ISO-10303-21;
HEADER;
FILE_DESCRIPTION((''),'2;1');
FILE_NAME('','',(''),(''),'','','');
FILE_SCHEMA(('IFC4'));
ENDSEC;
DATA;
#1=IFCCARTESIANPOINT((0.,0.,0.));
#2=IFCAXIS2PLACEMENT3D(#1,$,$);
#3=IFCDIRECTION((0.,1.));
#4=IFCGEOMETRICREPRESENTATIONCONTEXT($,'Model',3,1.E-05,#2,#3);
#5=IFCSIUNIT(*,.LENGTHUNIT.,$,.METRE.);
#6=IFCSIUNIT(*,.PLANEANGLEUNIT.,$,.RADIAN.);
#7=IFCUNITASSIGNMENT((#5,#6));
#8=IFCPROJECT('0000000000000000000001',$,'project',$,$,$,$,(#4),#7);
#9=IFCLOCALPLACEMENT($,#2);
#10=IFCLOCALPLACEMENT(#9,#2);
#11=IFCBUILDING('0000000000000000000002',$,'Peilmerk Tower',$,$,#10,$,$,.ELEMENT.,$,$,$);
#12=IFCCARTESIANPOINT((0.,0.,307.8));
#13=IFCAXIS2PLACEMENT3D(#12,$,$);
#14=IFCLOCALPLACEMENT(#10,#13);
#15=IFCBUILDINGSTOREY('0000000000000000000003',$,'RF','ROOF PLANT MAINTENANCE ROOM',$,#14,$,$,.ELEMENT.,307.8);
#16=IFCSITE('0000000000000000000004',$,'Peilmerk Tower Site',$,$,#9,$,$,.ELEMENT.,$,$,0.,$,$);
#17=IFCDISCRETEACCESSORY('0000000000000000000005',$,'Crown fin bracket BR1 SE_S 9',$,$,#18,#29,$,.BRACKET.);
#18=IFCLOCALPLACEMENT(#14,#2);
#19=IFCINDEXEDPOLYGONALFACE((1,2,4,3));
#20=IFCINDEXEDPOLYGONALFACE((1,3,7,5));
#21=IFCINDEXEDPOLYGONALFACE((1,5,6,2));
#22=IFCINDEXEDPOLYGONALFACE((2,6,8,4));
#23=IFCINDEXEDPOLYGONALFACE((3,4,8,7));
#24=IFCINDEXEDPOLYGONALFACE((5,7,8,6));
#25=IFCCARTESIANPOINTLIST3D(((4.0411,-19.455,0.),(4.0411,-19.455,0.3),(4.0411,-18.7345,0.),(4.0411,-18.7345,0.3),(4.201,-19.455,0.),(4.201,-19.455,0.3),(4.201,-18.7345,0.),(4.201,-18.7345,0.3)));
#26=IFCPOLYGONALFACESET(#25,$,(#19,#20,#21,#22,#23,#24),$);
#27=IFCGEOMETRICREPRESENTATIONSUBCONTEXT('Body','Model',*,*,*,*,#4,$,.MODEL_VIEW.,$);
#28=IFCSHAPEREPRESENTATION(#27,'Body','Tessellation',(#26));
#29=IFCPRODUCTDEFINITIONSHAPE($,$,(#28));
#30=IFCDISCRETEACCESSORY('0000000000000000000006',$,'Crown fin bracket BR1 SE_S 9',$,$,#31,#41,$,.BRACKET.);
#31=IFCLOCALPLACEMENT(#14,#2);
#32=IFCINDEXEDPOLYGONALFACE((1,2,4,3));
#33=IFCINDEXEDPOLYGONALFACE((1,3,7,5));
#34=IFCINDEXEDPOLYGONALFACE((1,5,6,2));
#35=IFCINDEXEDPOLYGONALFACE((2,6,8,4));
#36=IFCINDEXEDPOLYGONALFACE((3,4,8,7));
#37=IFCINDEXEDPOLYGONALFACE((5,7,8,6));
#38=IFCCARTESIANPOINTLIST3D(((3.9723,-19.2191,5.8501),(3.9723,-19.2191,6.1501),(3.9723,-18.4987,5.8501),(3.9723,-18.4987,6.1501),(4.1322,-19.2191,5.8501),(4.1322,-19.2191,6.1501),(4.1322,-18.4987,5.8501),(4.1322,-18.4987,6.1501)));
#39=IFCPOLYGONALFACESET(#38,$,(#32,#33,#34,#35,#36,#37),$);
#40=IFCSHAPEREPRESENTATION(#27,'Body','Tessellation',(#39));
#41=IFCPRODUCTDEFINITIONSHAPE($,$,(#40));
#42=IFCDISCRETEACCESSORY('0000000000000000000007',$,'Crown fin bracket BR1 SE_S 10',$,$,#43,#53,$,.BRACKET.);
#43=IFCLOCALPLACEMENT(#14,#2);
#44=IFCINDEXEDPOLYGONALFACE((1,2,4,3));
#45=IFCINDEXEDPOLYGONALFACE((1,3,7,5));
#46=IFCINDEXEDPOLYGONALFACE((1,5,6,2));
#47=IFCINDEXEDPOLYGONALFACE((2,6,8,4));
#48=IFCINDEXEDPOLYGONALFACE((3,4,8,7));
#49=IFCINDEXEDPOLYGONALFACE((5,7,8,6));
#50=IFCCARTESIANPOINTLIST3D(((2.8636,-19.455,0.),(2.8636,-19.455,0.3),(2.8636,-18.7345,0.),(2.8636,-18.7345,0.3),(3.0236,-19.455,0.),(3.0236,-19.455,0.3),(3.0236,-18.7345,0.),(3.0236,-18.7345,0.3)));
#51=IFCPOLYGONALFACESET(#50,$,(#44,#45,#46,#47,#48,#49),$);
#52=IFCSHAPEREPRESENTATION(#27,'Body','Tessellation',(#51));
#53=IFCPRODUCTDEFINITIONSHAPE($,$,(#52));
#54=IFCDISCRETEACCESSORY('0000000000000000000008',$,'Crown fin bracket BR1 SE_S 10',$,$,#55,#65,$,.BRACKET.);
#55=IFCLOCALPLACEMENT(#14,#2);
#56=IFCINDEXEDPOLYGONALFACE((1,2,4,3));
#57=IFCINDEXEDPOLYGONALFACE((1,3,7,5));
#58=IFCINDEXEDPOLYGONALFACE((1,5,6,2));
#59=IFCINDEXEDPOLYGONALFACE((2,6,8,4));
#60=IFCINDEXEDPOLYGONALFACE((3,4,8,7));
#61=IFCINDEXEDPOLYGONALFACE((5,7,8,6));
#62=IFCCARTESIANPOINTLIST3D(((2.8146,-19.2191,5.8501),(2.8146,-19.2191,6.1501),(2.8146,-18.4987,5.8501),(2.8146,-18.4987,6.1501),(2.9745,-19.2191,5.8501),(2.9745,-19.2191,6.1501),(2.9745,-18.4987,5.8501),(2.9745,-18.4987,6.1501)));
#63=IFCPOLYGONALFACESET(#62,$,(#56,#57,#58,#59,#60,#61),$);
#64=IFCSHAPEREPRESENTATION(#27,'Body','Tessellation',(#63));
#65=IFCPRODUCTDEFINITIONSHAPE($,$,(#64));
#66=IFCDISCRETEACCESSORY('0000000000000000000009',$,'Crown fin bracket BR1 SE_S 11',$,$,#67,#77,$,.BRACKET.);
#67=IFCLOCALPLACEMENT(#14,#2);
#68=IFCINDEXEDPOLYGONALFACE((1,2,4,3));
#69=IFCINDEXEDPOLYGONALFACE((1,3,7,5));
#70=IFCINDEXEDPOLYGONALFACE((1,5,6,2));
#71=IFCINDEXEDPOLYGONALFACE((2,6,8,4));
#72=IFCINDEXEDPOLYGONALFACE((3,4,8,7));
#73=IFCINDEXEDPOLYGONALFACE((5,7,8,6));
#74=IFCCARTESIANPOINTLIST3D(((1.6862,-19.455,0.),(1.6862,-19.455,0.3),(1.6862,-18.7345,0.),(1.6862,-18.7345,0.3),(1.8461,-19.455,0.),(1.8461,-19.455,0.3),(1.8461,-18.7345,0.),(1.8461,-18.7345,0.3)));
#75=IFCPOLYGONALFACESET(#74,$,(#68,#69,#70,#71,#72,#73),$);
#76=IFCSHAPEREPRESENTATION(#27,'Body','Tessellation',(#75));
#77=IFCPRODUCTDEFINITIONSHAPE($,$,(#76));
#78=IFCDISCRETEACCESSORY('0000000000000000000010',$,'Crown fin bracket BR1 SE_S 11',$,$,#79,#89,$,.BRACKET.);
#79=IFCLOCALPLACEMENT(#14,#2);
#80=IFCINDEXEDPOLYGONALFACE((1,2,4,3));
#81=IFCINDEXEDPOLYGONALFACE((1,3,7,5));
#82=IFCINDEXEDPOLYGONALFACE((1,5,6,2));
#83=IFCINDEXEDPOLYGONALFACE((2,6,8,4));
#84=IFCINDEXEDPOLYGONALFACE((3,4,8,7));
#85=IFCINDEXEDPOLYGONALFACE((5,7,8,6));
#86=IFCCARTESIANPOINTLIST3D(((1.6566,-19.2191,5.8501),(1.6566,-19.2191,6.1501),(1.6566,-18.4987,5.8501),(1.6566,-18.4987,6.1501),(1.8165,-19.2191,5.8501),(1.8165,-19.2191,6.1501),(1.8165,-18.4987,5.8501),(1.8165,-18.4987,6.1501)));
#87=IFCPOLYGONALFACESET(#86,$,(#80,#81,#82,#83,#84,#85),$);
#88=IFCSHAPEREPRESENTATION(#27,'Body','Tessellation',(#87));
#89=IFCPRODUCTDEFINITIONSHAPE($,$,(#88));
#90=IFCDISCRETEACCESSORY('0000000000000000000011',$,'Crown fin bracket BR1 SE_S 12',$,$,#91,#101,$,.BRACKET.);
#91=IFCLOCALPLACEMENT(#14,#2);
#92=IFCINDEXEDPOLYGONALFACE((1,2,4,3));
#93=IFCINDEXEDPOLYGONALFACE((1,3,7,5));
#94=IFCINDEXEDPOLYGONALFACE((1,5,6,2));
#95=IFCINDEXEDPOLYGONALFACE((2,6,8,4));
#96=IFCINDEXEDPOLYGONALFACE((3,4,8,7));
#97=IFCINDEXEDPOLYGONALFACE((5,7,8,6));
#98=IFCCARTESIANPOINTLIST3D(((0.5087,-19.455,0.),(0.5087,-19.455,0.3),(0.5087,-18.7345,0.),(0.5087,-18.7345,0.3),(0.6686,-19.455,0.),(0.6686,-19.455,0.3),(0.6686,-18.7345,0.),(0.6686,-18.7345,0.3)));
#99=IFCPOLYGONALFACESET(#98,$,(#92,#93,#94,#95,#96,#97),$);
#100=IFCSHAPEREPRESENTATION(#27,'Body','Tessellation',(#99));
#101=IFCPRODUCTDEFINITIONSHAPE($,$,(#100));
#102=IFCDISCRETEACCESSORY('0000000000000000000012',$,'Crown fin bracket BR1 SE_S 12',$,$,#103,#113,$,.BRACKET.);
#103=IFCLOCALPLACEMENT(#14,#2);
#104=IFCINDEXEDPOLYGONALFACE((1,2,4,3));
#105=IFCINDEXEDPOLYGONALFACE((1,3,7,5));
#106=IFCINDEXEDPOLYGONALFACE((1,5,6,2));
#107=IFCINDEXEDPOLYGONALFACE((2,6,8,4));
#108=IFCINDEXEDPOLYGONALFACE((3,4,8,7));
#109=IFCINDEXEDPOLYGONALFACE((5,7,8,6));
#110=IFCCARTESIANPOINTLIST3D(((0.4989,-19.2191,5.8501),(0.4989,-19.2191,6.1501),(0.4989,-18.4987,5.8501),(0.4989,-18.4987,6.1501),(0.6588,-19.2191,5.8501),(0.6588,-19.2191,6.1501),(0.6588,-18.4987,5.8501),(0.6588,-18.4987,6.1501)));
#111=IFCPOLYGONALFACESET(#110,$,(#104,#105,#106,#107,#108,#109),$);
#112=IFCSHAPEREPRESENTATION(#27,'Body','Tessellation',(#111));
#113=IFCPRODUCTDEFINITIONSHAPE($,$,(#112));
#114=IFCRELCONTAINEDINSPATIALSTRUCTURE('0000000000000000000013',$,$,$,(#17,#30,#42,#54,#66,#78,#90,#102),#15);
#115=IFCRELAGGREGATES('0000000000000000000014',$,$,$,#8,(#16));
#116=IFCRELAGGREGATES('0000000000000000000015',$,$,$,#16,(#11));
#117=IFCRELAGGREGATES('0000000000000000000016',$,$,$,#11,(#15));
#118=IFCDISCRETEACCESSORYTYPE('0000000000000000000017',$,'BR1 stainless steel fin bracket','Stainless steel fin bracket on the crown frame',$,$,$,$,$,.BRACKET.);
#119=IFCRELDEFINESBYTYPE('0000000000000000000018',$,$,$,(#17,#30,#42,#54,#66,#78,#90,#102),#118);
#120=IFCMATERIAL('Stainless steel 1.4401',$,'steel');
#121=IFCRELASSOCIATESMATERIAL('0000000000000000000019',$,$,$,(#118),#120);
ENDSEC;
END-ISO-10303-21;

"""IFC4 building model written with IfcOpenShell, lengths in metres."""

from ifc_helpers import new_model, si_unit, direction, frame, origin, origin_2d, place, context, subcontext, project, spatial, rectangle, extrude, source, transform, mapped, material, type_object, element, save


model = new_model("IFC4")

# Units and contexts
model_context = context("Model", 3, precision=1e-05, world=origin(), true_north=direction((0.0, 1.0)))
body_context = subcontext(model_context, "Body", "Model", "MODEL_VIEW")
ifc_project = project(units=[si_unit("LENGTHUNIT", "METRE"), si_unit("PLANEANGLEUNIT", "RADIAN")], contexts=[model_context])

# Site, building, storey
site_placement = place(None, origin())
site = spatial("IfcSite", under=ifc_project, at=site_placement, Name="Peilmerk Tower Site", CompositionType="ELEMENT", RefElevation=0.0)
building_placement = place(site_placement, origin())
building = spatial("IfcBuilding", under=site, at=building_placement, Name="Peilmerk Tower", CompositionType="ELEMENT")
storey_placement = place(building_placement, frame((0.0, 0.0, 307.8)))
storey = spatial("IfcBuildingStorey", under=building, at=storey_placement, Name="RF", Description="ROOF PLANT MAINTENANCE ROOM", CompositionType="ELEMENT", Elevation=307.8)

# Discrete accessories
ifc_material_1 = material(Name="Stainless steel 1.4401", Category="steel")
discrete_accessory_type = type_object("IfcDiscreteAccessoryType", Name="BR1 stainless steel fin bracket", Description="Stainless steel fin bracket on the crown frame", PredefinedType="BRACKET", material=ifc_material_1)
shared_shape_1 = source(origin(), body_context, "Body", "SweptSolid", [
    extrude(rectangle(XDim=0.7205, YDim=0.1599, at=origin_2d()), origin(), (0.0, 0.0, 1.0), 0.3),
])
for number, where, z_axis, x_axis, name in (
    (1, (4.1211, -19.0947, 0.0), (0.0, 0.0, 1.0), (0.0, -1.0, 0.0), "Crown fin bracket BR1 SE_S 9"),
    (2, (4.0522, -18.8589, 5.8501), (0.0, 0.0, 1.0), (0.0, -1.0, 0.0), "Crown fin bracket BR1 SE_S 9"),
    (3, (2.9436, -19.0947, 0.0), (0.0, 0.0, 1.0), (0.0, -1.0, 0.0), "Crown fin bracket BR1 SE_S 10"),
    (4, (2.8945, -18.8589, 5.8501), (0.0, 0.0, 1.0), (0.0, -1.0, 0.0), "Crown fin bracket BR1 SE_S 10"),
    (5, (1.7661, -19.0947, 0.0), (0.0, 0.0, 1.0), (0.0, -1.0, 0.0), "Crown fin bracket BR1 SE_S 11"),
    (6, (1.7366, -18.8589, 5.8501), (0.0, 0.0, 1.0), (0.0, -1.0, 0.0), "Crown fin bracket BR1 SE_S 11"),
    (7, (0.5886, -19.0947, 0.0), (0.0, 0.0, 1.0), (0.0, -1.0, 0.0), "Crown fin bracket BR1 SE_S 12"),
    (8, (0.5789, -18.8589, 5.8501), (0.0, 0.0, 1.0), (0.0, -1.0, 0.0), "Crown fin bracket BR1 SE_S 12"),
):
    element("IfcDiscreteAccessory", number, at=place(storey_placement, frame(where, z_axis=z_axis, x_axis=x_axis)), inside=storey, type_object=discrete_accessory_type, Name=name, PredefinedType="BRACKET", context=body_context, shape_type="MappedRepresentation", body=[
        mapped(shared_shape_1, transform((0.0, 0.0, 0.0), scale=1.0)),
    ])

save(model, "model.ifc")
